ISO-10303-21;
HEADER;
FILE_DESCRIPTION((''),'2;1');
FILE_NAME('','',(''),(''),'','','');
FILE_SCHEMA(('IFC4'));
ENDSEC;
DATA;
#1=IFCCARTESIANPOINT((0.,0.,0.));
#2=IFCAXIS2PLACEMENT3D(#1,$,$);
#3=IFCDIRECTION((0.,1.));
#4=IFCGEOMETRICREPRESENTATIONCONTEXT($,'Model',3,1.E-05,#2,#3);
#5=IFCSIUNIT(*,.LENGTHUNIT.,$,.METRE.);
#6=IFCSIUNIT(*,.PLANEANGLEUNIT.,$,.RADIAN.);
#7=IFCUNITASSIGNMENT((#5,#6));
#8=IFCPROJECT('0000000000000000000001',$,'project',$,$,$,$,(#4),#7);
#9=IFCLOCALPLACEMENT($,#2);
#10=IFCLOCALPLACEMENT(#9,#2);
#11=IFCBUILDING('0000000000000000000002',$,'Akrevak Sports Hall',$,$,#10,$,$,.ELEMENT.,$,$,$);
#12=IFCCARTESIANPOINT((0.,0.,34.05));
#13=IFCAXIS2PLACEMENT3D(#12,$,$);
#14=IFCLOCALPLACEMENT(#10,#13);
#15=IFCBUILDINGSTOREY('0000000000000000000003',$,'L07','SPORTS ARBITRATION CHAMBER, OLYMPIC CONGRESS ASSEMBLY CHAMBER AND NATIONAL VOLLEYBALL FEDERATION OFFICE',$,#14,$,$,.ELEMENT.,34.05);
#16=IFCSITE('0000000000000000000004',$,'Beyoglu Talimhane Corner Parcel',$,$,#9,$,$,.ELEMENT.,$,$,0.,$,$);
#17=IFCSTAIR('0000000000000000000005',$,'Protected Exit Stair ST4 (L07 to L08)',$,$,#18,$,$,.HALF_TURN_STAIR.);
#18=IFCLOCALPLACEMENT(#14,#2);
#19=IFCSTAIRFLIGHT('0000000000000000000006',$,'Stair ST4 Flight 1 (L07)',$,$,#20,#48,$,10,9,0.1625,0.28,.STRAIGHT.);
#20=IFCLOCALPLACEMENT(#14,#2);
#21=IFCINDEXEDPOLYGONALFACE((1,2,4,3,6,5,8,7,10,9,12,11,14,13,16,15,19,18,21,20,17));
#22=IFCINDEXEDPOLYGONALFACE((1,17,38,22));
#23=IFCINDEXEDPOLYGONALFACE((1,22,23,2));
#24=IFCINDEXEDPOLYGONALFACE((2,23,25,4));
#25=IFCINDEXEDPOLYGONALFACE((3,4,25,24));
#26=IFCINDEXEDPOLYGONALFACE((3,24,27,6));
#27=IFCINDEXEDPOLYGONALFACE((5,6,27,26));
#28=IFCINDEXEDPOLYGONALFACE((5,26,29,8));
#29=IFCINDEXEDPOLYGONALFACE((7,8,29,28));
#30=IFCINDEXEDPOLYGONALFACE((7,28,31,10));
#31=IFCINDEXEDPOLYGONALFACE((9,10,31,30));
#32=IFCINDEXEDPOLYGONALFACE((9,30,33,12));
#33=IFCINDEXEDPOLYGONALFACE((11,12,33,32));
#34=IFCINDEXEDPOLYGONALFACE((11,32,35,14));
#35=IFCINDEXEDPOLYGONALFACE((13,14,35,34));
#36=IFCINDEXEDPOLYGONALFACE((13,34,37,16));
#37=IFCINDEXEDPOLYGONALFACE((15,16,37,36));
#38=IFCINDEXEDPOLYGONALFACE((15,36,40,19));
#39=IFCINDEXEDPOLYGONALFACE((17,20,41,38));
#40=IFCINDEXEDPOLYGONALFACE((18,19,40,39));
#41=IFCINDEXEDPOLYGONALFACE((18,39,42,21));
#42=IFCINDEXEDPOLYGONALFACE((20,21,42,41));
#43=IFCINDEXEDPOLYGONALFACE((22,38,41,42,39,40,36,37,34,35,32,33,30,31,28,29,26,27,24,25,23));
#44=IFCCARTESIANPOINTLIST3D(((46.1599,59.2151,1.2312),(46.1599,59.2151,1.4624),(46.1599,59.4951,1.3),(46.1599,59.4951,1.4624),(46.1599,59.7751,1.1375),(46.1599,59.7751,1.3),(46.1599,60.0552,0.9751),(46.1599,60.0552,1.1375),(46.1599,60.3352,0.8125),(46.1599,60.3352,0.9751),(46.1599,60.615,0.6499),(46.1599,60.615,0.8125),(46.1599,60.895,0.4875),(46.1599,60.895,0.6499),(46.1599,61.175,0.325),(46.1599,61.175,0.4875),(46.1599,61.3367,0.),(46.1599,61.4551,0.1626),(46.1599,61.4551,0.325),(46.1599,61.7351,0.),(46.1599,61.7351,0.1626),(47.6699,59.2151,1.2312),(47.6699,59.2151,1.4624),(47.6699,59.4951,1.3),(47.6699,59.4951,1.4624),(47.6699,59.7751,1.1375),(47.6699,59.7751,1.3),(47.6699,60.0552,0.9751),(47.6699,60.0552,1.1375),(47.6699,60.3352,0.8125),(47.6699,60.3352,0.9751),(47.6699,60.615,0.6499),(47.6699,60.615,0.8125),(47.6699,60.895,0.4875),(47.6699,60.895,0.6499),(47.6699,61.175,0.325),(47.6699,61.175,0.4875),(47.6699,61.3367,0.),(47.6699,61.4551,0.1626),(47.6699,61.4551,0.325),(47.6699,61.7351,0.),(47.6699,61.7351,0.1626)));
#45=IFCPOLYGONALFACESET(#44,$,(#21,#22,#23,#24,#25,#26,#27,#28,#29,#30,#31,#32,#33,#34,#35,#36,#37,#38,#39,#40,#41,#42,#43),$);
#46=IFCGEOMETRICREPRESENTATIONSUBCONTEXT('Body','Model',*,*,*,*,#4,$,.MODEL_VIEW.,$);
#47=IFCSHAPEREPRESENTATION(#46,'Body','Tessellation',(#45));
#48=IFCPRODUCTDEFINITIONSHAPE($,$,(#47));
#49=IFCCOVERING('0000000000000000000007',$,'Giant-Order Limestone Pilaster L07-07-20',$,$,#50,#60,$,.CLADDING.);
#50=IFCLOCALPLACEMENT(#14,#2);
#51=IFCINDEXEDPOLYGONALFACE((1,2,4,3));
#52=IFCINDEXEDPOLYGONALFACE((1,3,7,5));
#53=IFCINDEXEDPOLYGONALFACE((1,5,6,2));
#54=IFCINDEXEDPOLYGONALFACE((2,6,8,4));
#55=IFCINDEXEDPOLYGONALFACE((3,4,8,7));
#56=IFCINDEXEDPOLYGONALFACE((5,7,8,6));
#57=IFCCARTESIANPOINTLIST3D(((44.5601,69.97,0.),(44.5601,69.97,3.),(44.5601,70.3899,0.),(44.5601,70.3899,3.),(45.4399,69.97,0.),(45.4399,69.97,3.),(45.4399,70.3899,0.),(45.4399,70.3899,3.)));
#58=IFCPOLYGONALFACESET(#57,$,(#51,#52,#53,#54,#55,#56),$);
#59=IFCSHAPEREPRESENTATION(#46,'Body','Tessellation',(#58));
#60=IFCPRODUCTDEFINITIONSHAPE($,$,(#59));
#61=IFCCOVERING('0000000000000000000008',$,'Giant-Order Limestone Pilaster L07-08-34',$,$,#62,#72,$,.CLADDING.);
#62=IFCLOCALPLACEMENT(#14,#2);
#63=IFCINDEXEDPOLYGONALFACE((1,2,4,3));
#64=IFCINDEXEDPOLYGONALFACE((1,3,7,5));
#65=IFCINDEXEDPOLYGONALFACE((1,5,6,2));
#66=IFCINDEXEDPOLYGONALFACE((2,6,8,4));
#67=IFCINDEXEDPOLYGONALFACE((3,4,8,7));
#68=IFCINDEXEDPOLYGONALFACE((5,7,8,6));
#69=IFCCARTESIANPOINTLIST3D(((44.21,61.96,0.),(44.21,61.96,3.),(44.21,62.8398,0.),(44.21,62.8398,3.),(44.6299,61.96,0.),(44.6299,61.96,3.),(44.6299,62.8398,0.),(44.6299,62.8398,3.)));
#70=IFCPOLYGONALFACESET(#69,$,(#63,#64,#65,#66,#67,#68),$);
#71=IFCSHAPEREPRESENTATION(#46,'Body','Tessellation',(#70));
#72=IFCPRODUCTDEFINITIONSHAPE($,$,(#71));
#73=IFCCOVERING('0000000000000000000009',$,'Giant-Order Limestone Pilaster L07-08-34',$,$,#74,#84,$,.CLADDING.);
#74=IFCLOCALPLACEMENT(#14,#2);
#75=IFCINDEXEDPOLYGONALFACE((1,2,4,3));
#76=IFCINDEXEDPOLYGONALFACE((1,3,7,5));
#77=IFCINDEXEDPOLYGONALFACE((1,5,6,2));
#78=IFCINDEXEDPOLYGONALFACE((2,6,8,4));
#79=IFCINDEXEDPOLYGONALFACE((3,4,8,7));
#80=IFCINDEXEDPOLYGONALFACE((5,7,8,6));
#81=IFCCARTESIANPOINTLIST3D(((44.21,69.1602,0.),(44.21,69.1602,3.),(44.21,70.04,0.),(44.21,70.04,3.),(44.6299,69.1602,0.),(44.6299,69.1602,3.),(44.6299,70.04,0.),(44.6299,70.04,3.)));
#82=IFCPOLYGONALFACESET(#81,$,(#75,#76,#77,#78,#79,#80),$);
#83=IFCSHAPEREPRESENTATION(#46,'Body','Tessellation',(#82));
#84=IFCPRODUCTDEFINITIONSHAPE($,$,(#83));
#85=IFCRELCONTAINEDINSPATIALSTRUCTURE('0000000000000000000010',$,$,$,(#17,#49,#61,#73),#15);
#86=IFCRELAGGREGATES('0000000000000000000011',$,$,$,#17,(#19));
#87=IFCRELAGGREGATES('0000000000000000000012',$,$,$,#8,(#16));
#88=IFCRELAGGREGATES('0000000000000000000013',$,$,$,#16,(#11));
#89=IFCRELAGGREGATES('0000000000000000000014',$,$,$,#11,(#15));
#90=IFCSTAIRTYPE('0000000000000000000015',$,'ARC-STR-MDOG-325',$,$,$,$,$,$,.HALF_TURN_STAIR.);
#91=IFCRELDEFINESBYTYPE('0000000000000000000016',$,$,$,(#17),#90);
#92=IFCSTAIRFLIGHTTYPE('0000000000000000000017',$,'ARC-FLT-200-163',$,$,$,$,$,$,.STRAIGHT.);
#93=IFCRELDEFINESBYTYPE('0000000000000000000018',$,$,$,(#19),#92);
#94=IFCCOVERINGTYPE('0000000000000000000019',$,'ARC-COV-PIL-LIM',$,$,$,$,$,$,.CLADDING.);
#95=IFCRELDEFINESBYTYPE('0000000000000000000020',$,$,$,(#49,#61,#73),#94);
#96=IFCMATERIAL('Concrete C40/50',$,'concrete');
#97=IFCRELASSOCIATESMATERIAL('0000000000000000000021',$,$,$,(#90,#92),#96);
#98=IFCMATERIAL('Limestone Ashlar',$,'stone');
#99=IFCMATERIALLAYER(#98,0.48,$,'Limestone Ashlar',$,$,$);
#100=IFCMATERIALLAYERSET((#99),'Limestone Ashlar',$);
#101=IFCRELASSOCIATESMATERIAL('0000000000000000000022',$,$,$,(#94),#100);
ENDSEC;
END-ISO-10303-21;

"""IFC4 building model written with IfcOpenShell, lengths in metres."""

from ifc_helpers import new_model, si_unit, direction, frame, origin, origin_2d, place, context, subcontext, project, spatial, polyline, rectangle, outline, extrude, material, layer, layer_set, type_object, element, aggregate, save


model = new_model("IFC4")

# Units and contexts
model_context = context("Model", 3, precision=1e-05, world=origin(), true_north=direction((0.0, 1.0)))
body_context = subcontext(model_context, "Body", "Model", "MODEL_VIEW")
ifc_project = project(units=[si_unit("LENGTHUNIT", "METRE"), si_unit("PLANEANGLEUNIT", "RADIAN")], contexts=[model_context])

# Site, building, storey
site_placement = place(None, origin())
site = spatial("IfcSite", under=ifc_project, at=site_placement, Name="Beyoglu Talimhane Corner Parcel", CompositionType="ELEMENT", RefElevation=0.0)
building_placement = place(site_placement, origin())
building = spatial("IfcBuilding", under=site, at=building_placement, Name="Akrevak Sports Hall", CompositionType="ELEMENT")
storey_placement = place(building_placement, frame((0.0, 0.0, 34.05)))
storey = spatial("IfcBuildingStorey", under=building, at=storey_placement, Name="L07", Description="SPORTS ARBITRATION CHAMBER, OLYMPIC CONGRESS ASSEMBLY CHAMBER AND NATIONAL VOLLEYBALL FEDERATION OFFICE", CompositionType="ELEMENT", Elevation=34.05)

# Shared definitions
ifc_material_1 = material(Name="Concrete C40/50", Category="concrete")

# Shared definitions
ifc_material_2 = material(Name="Limestone Ashlar", Category="stone")

# Stair, stair flight
stair_type = type_object("IfcStairType", Name="ARC-STR-MDOG-325", PredefinedType="HALF_TURN_STAIR", material=ifc_material_1)
stair_placement = place(storey_placement, origin())
stair = element("IfcStair", 1, at=stair_placement, inside=storey, type_object=stair_type, Name="Protected Exit Stair ST4 (L07 to L08)", PredefinedType="HALF_TURN_STAIR")
stair_flight_type = type_object("IfcStairFlightType", Name="ARC-FLT-200-163", PredefinedType="STRAIGHT", material=ifc_material_1)
stair_flight_placement = place(storey_placement, frame((46.915, 61.7351, 0.0), z_axis=(0.0, 0.0, 1.0), x_axis=(0.0, -1.0, 0.0)))
stair_flight = element("IfcStairFlight", 2, at=stair_flight_placement, type_object=stair_flight_type, Name="Stair ST4 Flight 1 (L07)", NumberOfRisers=10, NumberOfTreads=9, PredefinedType="STRAIGHT", RiserHeight=0.1625, TreadLength=0.28, context=body_context, shape_type="SweptSolid", body=[
    extrude(outline(polyline([(0.0, 0.0), (0.0, 0.1626), (0.28, 0.1626), (0.28, 0.325), (0.5601, 0.325), (0.5601, 0.4875), (0.8401, 0.4875), (0.8401, 0.6499), (1.1201, 0.6499), (1.1201, 0.8125), (1.3999, 0.8125), (1.3999, 0.9751), (1.6799, 0.9751), (1.6799, 1.1375), (1.96, 1.1375), (1.96, 1.3), (2.24, 1.3), (2.24, 1.4624), (2.52, 1.4624), (2.52, 1.625), (2.52, 1.2312), (0.3984, 0.0), (0.0, 0.0)])), frame((0.0, 0.7549, 0.0), z_axis=(0.0, -1.0, 0.0), x_axis=(1.0, 0.0, 0.0)), (0.0, 0.0, 1.0), 1.51),
])
aggregate(stair, [stair_flight])

# Coverings
ifc_layer_1 = layer(ifc_material_2, 0.48, Name="Limestone Ashlar")
ifc_layer_set_1 = layer_set([ifc_layer_1], Name="Limestone Ashlar")
covering_type = type_object("IfcCoveringType", Name="ARC-COV-PIL-LIM", PredefinedType="CLADDING", material=ifc_layer_set_1)
for number, where, z_axis, x_axis, name in (
    (3, (45.0, 70.1799, 0.0), (0.0, 0.0, 1.0), (-1.0, 0.0, 0.0), "Giant-Order Limestone Pilaster L07-07-20"),
    (4, (44.4199, 62.3999, 0.0), (0.0, 0.0, 1.0), (0.0, -1.0, 0.0), "Giant-Order Limestone Pilaster L07-08-34"),
    (5, (44.4199, 69.6001, 0.0), (0.0, 0.0, 1.0), (0.0, -1.0, 0.0), "Giant-Order Limestone Pilaster L07-08-34"),
):
    element("IfcCovering", number, at=place(storey_placement, frame(where, z_axis=z_axis, x_axis=x_axis)), inside=storey, type_object=covering_type, Name=name, PredefinedType="CLADDING", context=body_context, shape_type="SweptSolid", body=[
        extrude(rectangle(XDim=0.8799, YDim=0.4199, at=origin_2d()), origin(), (0.0, 0.0, 1.0), 3.0),
    ])

save(model, "model.ifc")
